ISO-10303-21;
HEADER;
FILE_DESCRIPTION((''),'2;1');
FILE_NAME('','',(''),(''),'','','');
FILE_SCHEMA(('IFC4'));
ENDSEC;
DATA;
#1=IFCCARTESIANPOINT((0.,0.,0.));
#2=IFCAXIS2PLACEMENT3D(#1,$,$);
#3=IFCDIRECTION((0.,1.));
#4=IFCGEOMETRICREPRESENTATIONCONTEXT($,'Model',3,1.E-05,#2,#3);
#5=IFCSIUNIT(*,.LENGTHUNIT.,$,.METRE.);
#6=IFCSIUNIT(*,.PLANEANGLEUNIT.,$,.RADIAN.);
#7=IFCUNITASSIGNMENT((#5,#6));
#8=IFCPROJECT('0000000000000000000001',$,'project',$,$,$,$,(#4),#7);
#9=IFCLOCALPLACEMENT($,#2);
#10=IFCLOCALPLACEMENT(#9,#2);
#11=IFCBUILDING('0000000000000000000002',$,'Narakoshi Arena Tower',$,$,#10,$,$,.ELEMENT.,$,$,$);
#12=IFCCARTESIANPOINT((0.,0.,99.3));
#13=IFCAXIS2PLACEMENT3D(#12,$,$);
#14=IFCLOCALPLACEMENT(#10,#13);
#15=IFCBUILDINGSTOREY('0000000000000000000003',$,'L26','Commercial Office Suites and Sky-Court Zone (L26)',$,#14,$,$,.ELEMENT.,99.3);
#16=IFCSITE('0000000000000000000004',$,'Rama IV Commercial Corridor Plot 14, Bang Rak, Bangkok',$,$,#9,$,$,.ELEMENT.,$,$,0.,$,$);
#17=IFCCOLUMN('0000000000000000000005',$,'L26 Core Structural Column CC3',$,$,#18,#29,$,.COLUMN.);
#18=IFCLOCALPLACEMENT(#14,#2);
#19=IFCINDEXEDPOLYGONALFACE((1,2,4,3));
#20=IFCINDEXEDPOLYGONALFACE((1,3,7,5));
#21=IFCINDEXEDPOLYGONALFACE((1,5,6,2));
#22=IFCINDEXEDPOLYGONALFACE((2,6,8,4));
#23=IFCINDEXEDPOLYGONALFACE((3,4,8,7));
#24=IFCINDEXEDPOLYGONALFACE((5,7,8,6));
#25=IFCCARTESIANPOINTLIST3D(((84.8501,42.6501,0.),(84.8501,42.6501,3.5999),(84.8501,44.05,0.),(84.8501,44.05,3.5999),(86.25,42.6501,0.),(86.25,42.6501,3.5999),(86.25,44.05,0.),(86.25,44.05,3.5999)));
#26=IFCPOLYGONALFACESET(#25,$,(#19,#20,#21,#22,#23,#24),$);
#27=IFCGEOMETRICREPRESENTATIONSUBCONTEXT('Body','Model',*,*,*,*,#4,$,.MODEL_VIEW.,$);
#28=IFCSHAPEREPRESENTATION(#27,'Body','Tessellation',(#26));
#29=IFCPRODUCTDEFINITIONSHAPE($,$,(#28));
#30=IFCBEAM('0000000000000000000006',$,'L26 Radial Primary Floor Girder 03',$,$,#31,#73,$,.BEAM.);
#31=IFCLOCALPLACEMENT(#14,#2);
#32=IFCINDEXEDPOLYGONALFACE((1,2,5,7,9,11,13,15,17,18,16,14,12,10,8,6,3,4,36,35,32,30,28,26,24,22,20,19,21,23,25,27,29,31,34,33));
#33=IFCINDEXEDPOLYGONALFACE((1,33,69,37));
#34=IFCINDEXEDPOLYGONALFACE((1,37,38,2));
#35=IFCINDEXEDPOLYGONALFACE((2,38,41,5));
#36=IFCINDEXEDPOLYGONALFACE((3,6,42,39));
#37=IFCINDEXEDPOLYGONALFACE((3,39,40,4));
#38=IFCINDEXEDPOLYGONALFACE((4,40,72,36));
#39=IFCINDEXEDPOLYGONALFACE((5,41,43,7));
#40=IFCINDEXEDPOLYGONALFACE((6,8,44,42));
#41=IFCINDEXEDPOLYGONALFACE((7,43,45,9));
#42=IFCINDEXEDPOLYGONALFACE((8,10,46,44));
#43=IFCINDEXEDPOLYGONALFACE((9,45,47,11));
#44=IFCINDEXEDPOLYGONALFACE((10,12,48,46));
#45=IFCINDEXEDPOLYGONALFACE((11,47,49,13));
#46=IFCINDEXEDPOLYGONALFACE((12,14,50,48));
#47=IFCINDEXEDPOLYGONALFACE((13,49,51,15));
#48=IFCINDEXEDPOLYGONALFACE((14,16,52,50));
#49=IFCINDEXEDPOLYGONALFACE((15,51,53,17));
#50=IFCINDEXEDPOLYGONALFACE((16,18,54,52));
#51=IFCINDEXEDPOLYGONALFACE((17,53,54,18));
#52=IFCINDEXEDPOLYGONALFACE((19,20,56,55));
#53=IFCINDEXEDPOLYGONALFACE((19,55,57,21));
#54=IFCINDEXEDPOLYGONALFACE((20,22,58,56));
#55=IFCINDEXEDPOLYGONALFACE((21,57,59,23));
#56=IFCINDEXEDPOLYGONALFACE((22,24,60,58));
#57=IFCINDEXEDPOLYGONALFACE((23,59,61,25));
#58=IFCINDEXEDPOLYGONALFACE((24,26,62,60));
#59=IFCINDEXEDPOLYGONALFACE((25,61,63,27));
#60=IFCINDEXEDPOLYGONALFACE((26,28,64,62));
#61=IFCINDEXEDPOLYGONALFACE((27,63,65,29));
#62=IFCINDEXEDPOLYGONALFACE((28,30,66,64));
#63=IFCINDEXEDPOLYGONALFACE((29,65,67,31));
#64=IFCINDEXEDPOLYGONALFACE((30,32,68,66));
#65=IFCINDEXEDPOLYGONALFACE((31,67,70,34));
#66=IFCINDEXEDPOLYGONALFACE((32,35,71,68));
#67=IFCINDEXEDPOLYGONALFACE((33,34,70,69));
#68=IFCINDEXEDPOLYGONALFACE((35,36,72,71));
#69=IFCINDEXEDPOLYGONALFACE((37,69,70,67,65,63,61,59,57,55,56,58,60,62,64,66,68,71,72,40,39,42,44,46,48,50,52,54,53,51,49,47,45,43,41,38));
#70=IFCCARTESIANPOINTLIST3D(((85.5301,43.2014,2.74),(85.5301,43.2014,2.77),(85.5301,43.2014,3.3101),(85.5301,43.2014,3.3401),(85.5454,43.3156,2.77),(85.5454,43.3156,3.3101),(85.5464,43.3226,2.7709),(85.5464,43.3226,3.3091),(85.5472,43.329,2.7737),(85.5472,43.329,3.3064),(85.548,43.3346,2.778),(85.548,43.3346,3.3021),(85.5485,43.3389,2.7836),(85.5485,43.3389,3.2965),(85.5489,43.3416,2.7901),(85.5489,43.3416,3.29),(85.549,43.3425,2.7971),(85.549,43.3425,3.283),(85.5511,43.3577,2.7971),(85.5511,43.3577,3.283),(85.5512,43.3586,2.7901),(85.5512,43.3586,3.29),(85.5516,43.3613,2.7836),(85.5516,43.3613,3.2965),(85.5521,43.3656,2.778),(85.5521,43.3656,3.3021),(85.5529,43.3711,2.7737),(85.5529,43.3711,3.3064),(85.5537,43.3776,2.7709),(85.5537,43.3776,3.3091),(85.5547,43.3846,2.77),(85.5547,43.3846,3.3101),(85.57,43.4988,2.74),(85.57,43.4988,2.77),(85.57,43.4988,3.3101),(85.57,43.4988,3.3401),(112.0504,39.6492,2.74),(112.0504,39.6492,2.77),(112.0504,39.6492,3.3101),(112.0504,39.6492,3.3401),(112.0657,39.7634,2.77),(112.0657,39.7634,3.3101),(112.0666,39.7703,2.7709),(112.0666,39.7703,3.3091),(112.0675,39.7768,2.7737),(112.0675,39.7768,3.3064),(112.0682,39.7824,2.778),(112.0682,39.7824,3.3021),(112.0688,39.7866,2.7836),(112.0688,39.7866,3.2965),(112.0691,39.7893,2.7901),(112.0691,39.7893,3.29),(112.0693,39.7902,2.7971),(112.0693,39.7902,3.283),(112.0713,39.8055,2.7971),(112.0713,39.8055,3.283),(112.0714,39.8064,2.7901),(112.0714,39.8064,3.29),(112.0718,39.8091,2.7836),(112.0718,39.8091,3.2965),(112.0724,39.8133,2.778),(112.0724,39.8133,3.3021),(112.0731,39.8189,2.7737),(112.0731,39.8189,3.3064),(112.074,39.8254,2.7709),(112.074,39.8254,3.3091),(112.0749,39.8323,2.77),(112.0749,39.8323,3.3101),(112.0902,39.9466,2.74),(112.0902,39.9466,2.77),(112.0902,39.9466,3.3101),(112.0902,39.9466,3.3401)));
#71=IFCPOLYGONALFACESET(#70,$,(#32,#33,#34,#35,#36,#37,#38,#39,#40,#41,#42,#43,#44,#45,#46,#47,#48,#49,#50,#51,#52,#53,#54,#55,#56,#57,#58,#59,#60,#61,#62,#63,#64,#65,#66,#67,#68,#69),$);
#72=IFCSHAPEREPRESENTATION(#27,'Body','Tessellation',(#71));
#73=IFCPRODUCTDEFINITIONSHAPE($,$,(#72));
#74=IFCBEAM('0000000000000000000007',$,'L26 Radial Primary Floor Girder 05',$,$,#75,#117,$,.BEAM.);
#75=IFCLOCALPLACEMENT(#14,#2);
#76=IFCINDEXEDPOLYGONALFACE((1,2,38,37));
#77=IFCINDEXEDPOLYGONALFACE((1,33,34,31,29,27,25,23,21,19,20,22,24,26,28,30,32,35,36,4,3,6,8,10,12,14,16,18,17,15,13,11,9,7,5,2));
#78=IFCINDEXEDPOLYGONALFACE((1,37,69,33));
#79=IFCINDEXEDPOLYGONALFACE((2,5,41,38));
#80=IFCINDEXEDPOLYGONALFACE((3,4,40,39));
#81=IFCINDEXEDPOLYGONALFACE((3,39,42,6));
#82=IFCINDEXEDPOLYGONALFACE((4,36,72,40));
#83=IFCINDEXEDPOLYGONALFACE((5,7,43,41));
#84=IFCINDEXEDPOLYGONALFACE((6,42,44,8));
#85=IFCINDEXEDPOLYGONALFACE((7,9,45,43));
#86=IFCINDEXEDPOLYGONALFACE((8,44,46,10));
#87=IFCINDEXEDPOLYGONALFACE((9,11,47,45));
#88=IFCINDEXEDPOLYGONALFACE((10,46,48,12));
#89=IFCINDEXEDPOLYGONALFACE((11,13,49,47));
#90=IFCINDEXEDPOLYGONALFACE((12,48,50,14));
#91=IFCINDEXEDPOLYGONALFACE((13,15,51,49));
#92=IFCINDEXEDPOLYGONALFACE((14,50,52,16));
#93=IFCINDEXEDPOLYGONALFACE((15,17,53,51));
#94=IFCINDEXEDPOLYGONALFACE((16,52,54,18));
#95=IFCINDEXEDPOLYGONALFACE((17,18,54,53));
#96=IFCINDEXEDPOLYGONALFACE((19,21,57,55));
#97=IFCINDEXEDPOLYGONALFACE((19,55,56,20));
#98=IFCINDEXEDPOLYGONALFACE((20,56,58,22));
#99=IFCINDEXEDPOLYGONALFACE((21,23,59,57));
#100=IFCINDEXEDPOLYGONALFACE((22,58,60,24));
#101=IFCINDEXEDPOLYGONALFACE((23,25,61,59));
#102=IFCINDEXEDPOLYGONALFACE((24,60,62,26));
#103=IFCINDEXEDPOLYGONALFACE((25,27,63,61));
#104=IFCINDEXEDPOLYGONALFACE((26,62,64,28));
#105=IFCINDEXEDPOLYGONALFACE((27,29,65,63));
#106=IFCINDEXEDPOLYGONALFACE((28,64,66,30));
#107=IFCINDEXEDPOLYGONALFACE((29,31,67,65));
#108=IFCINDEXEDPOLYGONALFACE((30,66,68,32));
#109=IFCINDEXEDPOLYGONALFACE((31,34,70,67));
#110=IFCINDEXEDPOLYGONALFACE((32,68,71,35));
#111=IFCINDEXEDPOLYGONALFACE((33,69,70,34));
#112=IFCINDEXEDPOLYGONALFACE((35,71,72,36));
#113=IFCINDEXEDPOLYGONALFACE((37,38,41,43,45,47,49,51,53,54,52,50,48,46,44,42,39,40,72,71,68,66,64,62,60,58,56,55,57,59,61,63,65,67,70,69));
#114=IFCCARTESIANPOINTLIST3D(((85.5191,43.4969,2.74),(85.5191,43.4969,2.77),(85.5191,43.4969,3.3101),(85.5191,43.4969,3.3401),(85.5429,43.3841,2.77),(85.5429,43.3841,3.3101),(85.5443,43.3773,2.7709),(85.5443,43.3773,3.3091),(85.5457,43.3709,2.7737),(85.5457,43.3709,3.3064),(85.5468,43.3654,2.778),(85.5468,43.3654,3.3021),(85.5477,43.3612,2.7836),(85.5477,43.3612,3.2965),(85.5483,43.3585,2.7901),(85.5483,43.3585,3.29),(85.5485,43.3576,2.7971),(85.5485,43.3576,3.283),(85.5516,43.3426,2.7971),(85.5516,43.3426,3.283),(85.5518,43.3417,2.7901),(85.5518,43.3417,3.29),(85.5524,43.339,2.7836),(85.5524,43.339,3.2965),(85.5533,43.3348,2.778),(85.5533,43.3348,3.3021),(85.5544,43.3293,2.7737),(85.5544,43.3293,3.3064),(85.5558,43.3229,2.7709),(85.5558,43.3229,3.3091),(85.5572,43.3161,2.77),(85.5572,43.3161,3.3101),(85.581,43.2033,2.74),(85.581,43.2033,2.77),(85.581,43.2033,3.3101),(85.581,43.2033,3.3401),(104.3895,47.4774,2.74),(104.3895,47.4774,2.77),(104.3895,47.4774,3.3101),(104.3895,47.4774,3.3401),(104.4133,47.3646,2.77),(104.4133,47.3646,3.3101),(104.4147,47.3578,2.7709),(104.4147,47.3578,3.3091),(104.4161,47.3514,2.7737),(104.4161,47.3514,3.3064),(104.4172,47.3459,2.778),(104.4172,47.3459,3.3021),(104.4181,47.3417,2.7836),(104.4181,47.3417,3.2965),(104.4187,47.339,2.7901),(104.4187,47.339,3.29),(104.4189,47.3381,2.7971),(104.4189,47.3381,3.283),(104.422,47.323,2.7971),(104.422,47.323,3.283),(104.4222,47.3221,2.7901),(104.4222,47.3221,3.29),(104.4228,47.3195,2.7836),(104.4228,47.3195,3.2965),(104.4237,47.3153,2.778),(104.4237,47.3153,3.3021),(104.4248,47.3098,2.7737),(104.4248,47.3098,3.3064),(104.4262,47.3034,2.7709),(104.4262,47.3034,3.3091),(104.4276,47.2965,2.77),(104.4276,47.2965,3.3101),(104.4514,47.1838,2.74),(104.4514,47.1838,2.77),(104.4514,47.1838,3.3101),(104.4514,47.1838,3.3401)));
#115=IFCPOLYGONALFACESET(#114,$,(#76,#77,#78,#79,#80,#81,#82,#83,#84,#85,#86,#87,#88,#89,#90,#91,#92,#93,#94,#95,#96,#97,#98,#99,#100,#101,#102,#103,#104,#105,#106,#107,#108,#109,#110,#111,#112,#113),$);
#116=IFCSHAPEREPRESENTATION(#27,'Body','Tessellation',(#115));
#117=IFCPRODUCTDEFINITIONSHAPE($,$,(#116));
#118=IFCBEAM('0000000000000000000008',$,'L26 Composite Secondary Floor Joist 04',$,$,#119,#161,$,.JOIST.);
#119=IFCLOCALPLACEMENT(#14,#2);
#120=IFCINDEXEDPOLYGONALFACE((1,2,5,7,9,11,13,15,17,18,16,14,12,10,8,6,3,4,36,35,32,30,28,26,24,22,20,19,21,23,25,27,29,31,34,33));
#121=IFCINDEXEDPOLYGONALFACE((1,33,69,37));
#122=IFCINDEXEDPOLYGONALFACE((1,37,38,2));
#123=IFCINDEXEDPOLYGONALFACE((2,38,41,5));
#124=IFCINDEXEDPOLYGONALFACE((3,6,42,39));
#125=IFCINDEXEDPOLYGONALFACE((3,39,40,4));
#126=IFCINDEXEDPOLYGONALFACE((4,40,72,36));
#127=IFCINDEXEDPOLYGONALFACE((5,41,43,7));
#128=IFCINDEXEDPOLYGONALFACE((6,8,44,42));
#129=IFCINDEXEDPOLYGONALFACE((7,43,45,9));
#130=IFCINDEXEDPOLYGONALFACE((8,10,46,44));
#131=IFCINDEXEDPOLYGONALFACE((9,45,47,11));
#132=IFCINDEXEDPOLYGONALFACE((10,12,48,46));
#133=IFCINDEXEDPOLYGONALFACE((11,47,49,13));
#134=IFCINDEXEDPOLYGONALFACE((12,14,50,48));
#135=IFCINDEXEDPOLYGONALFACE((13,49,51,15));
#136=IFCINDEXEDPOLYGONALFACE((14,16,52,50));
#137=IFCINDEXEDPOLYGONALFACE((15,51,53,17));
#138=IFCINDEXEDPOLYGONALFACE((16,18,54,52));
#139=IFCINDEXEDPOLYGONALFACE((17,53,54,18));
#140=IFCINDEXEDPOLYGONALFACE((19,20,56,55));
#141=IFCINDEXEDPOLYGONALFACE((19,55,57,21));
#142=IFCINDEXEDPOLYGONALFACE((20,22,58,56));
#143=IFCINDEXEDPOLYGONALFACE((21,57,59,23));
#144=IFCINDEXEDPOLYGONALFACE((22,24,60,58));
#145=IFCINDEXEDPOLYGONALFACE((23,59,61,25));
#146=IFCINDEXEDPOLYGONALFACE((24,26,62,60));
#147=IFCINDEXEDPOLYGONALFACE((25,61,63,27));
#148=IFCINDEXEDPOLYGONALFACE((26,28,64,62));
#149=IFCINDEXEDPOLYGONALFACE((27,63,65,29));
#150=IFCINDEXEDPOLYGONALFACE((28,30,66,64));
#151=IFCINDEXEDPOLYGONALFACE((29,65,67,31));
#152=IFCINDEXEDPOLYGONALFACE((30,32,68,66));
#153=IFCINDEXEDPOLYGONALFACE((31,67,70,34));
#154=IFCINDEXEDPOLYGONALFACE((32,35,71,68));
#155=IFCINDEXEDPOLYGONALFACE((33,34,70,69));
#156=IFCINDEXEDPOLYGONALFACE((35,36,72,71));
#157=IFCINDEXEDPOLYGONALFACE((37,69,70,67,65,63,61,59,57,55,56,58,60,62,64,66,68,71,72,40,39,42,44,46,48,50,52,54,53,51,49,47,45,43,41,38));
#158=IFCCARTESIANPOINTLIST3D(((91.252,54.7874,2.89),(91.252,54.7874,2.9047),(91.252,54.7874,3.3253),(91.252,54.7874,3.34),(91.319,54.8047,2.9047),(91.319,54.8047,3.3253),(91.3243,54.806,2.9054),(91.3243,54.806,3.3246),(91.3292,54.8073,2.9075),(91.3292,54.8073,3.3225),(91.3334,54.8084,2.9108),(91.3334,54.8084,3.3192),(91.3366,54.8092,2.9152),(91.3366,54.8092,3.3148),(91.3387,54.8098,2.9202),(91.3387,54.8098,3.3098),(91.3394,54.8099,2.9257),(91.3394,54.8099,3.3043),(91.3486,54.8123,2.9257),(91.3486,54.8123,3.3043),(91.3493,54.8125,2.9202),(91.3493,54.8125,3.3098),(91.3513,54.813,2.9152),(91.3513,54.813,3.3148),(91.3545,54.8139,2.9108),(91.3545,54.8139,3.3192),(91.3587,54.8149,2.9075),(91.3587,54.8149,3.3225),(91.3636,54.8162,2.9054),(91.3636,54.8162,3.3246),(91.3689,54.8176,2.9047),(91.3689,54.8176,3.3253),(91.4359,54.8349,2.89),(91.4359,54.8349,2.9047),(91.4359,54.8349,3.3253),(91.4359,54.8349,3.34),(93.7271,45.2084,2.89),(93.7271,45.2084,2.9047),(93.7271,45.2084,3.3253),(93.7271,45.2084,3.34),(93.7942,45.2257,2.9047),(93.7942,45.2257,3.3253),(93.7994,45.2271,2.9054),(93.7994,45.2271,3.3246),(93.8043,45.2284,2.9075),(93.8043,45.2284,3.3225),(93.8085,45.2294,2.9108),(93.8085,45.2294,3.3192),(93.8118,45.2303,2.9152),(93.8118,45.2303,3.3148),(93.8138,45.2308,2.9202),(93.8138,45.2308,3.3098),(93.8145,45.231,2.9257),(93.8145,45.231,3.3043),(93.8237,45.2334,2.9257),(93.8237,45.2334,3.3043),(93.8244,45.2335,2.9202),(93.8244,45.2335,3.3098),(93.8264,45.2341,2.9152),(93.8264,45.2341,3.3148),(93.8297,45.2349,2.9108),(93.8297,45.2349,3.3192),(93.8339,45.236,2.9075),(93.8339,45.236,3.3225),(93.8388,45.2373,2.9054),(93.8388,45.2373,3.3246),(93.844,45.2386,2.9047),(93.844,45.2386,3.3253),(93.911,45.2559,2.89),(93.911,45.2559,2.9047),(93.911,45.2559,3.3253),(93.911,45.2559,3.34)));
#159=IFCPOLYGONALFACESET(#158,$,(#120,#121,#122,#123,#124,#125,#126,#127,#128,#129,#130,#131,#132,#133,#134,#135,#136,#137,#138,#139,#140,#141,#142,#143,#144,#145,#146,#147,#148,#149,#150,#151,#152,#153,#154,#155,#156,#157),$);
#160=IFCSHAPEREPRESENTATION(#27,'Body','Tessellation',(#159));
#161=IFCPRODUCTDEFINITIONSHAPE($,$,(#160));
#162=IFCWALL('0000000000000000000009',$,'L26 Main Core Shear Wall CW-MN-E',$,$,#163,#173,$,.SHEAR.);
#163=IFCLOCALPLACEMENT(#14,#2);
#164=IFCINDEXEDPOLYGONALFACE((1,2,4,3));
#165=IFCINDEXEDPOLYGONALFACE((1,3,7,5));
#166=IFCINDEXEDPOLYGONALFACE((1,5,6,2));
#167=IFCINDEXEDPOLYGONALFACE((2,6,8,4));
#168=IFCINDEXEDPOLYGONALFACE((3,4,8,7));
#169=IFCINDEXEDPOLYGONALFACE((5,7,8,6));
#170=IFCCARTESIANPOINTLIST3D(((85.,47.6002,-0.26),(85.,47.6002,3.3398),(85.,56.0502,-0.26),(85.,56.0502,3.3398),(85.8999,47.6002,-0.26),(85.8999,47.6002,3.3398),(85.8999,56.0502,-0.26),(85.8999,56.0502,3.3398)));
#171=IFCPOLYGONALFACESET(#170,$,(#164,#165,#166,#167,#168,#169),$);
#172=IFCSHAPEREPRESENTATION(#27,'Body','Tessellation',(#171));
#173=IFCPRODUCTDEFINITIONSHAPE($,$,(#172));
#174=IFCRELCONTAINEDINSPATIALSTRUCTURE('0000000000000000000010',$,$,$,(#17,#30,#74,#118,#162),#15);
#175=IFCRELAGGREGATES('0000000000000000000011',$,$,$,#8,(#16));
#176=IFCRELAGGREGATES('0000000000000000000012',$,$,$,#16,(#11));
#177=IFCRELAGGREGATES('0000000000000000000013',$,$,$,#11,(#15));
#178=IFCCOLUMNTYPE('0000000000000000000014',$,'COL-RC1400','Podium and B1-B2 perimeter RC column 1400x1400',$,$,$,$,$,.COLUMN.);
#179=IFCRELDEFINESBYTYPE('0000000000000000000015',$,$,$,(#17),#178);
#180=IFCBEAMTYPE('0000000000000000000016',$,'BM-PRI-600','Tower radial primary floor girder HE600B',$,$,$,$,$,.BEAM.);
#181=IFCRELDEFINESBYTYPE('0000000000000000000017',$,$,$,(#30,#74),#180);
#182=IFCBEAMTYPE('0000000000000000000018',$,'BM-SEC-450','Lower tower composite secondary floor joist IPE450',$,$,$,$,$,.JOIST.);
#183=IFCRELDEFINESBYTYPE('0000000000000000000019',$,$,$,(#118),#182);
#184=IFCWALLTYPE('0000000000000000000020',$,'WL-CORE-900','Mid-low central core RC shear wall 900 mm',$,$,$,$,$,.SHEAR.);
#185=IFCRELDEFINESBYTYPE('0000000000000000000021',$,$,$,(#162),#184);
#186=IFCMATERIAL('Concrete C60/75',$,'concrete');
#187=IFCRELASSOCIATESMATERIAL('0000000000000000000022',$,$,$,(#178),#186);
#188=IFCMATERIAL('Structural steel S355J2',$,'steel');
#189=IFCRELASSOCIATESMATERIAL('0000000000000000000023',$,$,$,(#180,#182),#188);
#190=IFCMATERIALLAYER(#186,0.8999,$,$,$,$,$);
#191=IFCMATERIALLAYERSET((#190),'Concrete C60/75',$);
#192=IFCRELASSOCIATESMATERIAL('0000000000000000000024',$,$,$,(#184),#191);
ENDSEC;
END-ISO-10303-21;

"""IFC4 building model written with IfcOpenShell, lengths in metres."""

from ifc_helpers import new_model, si_unit, direction, frame, frame_2d, origin, origin_2d, place, context, subcontext, project, spatial, rectangle, i_section, extrude, material, layer, layer_set, material_profile, profile_set, type_object, element, save


model = new_model("IFC4")

# Units and contexts
model_context = context("Model", 3, precision=1e-05, world=origin(), true_north=direction((0.0, 1.0)))
body_context = subcontext(model_context, "Body", "Model", "MODEL_VIEW")
ifc_project = project(units=[si_unit("LENGTHUNIT", "METRE"), si_unit("PLANEANGLEUNIT", "RADIAN")], contexts=[model_context])

# Site, building, storey
site_placement = place(None, origin())
site = spatial("IfcSite", under=ifc_project, at=site_placement, Name="Rama IV Commercial Corridor Plot 14, Bang Rak, Bangkok", CompositionType="ELEMENT", RefElevation=0.0)
building_placement = place(site_placement, origin())
building = spatial("IfcBuilding", under=site, at=building_placement, Name="Narakoshi Arena Tower", CompositionType="ELEMENT")
storey_placement = place(building_placement, frame((0.0, 0.0, 99.3)))
storey = spatial("IfcBuildingStorey", under=building, at=storey_placement, Name="L26", Description="Commercial Office Suites and Sky-Court Zone (L26)", CompositionType="ELEMENT", Elevation=99.3)

# Column
ifc_material_1 = material(Name="Concrete C60/75", Category="concrete")
ifc_material_profile_1 = material_profile(ifc_material_1, rectangle(XDim=1.3999, YDim=1.3999, at=origin_2d()), Name="RC1400x1400")
ifc_profile_set_1 = profile_set([ifc_material_profile_1], Name="Concrete C60/75")
column_type = type_object("IfcColumnType", Name="COL-RC1400", Description="Podium and B1-B2 perimeter RC column 1400x1400", PredefinedType="COLUMN", material=ifc_profile_set_1)
column_placement = place(storey_placement, frame((85.55, 43.3501, 0.0), z_axis=(0.0, 0.0, 1.0), x_axis=(1.0, 0.0, 0.0)))
element("IfcColumn", 1, at=column_placement, inside=storey, type_object=column_type, Name="L26 Core Structural Column CC3", PredefinedType="COLUMN", context=body_context, shape_type="SweptSolid", body=[
    extrude(rectangle(XDim=1.3999, YDim=1.3999, at=origin_2d()), origin(), (0.0, 0.0, 1.0), 3.5999),
])

# Beams
ifc_material_2 = material(Name="Structural steel S355J2", Category="steel")
ifc_material_profile_2 = material_profile(ifc_material_2, i_section(OverallWidth=0.3, OverallDepth=0.6001, WebThickness=0.0154, FlangeThickness=0.03, FilletRadius=0.0271, at=origin_2d()), Name="HE600B")
ifc_profile_set_2 = profile_set([ifc_material_profile_2], Name="Structural steel S355J2")
beam_type_1 = type_object("IfcBeamType", Name="BM-PRI-600", Description="Tower radial primary floor girder HE600B", PredefinedType="BEAM", material=ifc_profile_set_2)
beam_1_placement = place(storey_placement, frame((85.55, 43.3501, 3.04), z_axis=(0.991148, -0.132759, 0.0), x_axis=(0.132759, 0.991148, 0.0)))
element("IfcBeam", 2, at=beam_1_placement, inside=storey, type_object=beam_type_1, Name="L26 Radial Primary Floor Girder 03", PredefinedType="BEAM", context=body_context, shape_type="SweptSolid", body=[
    extrude(i_section(OverallWidth=0.3, OverallDepth=0.6001, WebThickness=0.0154, FlangeThickness=0.03, FilletRadius=0.0271, at=origin_2d()), origin(), (0.0, 0.0, 1.0), 26.7571),
])
beam_2_placement = place(storey_placement, frame((85.55, 43.3501, 3.04), z_axis=(0.978469, 0.206396, 0.0), x_axis=(-0.206396, 0.978469, 0.0)))
element("IfcBeam", 3, at=beam_2_placement, inside=storey, type_object=beam_type_1, Name="L26 Radial Primary Floor Girder 05", PredefinedType="BEAM", context=body_context, shape_type="SweptSolid", body=[
    extrude(i_section(OverallWidth=0.3, OverallDepth=0.6001, WebThickness=0.0154, FlangeThickness=0.03, FilletRadius=0.0271, at=origin_2d()), origin(), (0.0, 0.0, 1.0), 19.2856),
])
ifc_material_profile_3 = material_profile(ifc_material_2, i_section(OverallWidth=0.1899, OverallDepth=0.45, WebThickness=0.0095, FlangeThickness=0.0146, FilletRadius=0.021, at=origin_2d()), Name="IPE450")
ifc_profile_set_3 = profile_set([ifc_material_profile_3], Name="Structural steel S355J2")
beam_type_2 = type_object("IfcBeamType", Name="BM-SEC-450", Description="Lower tower composite secondary floor joist IPE450", PredefinedType="JOIST", material=ifc_profile_set_3)
beam_3_placement = place(storey_placement, frame((93.8191, 45.2322, 3.115), z_axis=(-0.250175, 0.968201, 0.0), x_axis=(-0.968201, -0.250175, 0.0)))
element("IfcBeam", 4, at=beam_3_placement, inside=storey, type_object=beam_type_2, Name="L26 Composite Secondary Floor Joist 04", PredefinedType="JOIST", context=body_context, shape_type="SweptSolid", body=[
    extrude(i_section(OverallWidth=0.1899, OverallDepth=0.45, WebThickness=0.0095, FlangeThickness=0.0146, FilletRadius=0.021, at=origin_2d()), origin(), (0.0, 0.0, 1.0), 9.8936),
])

# Wall
ifc_layer_1 = layer(ifc_material_1, 0.8999)
ifc_layer_set_1 = layer_set([ifc_layer_1], Name="Concrete C60/75")
wall_type_1 = type_object("IfcWallType", Name="WL-CORE-900", Description="Mid-low central core RC shear wall 900 mm", PredefinedType="SHEAR", material=ifc_layer_set_1)
wall_1_placement = place(storey_placement, frame((85.45, 47.6001, -0.26), z_axis=(0.0, 0.0, 1.0), x_axis=(0.0, 1.0, 0.0)))
element("IfcWall", 5, at=wall_1_placement, inside=storey, type_object=wall_type_1, Name="L26 Main Core Shear Wall CW-MN-E", PredefinedType="SHEAR", context=body_context, shape_type="SweptSolid", body=[
    extrude(rectangle(XDim=8.45, YDim=0.8999, at=frame_2d((4.2251, 0.0))), origin(), (0.0, 0.0, 1.0), 3.5999),
])

save(model, "model.ifc")
